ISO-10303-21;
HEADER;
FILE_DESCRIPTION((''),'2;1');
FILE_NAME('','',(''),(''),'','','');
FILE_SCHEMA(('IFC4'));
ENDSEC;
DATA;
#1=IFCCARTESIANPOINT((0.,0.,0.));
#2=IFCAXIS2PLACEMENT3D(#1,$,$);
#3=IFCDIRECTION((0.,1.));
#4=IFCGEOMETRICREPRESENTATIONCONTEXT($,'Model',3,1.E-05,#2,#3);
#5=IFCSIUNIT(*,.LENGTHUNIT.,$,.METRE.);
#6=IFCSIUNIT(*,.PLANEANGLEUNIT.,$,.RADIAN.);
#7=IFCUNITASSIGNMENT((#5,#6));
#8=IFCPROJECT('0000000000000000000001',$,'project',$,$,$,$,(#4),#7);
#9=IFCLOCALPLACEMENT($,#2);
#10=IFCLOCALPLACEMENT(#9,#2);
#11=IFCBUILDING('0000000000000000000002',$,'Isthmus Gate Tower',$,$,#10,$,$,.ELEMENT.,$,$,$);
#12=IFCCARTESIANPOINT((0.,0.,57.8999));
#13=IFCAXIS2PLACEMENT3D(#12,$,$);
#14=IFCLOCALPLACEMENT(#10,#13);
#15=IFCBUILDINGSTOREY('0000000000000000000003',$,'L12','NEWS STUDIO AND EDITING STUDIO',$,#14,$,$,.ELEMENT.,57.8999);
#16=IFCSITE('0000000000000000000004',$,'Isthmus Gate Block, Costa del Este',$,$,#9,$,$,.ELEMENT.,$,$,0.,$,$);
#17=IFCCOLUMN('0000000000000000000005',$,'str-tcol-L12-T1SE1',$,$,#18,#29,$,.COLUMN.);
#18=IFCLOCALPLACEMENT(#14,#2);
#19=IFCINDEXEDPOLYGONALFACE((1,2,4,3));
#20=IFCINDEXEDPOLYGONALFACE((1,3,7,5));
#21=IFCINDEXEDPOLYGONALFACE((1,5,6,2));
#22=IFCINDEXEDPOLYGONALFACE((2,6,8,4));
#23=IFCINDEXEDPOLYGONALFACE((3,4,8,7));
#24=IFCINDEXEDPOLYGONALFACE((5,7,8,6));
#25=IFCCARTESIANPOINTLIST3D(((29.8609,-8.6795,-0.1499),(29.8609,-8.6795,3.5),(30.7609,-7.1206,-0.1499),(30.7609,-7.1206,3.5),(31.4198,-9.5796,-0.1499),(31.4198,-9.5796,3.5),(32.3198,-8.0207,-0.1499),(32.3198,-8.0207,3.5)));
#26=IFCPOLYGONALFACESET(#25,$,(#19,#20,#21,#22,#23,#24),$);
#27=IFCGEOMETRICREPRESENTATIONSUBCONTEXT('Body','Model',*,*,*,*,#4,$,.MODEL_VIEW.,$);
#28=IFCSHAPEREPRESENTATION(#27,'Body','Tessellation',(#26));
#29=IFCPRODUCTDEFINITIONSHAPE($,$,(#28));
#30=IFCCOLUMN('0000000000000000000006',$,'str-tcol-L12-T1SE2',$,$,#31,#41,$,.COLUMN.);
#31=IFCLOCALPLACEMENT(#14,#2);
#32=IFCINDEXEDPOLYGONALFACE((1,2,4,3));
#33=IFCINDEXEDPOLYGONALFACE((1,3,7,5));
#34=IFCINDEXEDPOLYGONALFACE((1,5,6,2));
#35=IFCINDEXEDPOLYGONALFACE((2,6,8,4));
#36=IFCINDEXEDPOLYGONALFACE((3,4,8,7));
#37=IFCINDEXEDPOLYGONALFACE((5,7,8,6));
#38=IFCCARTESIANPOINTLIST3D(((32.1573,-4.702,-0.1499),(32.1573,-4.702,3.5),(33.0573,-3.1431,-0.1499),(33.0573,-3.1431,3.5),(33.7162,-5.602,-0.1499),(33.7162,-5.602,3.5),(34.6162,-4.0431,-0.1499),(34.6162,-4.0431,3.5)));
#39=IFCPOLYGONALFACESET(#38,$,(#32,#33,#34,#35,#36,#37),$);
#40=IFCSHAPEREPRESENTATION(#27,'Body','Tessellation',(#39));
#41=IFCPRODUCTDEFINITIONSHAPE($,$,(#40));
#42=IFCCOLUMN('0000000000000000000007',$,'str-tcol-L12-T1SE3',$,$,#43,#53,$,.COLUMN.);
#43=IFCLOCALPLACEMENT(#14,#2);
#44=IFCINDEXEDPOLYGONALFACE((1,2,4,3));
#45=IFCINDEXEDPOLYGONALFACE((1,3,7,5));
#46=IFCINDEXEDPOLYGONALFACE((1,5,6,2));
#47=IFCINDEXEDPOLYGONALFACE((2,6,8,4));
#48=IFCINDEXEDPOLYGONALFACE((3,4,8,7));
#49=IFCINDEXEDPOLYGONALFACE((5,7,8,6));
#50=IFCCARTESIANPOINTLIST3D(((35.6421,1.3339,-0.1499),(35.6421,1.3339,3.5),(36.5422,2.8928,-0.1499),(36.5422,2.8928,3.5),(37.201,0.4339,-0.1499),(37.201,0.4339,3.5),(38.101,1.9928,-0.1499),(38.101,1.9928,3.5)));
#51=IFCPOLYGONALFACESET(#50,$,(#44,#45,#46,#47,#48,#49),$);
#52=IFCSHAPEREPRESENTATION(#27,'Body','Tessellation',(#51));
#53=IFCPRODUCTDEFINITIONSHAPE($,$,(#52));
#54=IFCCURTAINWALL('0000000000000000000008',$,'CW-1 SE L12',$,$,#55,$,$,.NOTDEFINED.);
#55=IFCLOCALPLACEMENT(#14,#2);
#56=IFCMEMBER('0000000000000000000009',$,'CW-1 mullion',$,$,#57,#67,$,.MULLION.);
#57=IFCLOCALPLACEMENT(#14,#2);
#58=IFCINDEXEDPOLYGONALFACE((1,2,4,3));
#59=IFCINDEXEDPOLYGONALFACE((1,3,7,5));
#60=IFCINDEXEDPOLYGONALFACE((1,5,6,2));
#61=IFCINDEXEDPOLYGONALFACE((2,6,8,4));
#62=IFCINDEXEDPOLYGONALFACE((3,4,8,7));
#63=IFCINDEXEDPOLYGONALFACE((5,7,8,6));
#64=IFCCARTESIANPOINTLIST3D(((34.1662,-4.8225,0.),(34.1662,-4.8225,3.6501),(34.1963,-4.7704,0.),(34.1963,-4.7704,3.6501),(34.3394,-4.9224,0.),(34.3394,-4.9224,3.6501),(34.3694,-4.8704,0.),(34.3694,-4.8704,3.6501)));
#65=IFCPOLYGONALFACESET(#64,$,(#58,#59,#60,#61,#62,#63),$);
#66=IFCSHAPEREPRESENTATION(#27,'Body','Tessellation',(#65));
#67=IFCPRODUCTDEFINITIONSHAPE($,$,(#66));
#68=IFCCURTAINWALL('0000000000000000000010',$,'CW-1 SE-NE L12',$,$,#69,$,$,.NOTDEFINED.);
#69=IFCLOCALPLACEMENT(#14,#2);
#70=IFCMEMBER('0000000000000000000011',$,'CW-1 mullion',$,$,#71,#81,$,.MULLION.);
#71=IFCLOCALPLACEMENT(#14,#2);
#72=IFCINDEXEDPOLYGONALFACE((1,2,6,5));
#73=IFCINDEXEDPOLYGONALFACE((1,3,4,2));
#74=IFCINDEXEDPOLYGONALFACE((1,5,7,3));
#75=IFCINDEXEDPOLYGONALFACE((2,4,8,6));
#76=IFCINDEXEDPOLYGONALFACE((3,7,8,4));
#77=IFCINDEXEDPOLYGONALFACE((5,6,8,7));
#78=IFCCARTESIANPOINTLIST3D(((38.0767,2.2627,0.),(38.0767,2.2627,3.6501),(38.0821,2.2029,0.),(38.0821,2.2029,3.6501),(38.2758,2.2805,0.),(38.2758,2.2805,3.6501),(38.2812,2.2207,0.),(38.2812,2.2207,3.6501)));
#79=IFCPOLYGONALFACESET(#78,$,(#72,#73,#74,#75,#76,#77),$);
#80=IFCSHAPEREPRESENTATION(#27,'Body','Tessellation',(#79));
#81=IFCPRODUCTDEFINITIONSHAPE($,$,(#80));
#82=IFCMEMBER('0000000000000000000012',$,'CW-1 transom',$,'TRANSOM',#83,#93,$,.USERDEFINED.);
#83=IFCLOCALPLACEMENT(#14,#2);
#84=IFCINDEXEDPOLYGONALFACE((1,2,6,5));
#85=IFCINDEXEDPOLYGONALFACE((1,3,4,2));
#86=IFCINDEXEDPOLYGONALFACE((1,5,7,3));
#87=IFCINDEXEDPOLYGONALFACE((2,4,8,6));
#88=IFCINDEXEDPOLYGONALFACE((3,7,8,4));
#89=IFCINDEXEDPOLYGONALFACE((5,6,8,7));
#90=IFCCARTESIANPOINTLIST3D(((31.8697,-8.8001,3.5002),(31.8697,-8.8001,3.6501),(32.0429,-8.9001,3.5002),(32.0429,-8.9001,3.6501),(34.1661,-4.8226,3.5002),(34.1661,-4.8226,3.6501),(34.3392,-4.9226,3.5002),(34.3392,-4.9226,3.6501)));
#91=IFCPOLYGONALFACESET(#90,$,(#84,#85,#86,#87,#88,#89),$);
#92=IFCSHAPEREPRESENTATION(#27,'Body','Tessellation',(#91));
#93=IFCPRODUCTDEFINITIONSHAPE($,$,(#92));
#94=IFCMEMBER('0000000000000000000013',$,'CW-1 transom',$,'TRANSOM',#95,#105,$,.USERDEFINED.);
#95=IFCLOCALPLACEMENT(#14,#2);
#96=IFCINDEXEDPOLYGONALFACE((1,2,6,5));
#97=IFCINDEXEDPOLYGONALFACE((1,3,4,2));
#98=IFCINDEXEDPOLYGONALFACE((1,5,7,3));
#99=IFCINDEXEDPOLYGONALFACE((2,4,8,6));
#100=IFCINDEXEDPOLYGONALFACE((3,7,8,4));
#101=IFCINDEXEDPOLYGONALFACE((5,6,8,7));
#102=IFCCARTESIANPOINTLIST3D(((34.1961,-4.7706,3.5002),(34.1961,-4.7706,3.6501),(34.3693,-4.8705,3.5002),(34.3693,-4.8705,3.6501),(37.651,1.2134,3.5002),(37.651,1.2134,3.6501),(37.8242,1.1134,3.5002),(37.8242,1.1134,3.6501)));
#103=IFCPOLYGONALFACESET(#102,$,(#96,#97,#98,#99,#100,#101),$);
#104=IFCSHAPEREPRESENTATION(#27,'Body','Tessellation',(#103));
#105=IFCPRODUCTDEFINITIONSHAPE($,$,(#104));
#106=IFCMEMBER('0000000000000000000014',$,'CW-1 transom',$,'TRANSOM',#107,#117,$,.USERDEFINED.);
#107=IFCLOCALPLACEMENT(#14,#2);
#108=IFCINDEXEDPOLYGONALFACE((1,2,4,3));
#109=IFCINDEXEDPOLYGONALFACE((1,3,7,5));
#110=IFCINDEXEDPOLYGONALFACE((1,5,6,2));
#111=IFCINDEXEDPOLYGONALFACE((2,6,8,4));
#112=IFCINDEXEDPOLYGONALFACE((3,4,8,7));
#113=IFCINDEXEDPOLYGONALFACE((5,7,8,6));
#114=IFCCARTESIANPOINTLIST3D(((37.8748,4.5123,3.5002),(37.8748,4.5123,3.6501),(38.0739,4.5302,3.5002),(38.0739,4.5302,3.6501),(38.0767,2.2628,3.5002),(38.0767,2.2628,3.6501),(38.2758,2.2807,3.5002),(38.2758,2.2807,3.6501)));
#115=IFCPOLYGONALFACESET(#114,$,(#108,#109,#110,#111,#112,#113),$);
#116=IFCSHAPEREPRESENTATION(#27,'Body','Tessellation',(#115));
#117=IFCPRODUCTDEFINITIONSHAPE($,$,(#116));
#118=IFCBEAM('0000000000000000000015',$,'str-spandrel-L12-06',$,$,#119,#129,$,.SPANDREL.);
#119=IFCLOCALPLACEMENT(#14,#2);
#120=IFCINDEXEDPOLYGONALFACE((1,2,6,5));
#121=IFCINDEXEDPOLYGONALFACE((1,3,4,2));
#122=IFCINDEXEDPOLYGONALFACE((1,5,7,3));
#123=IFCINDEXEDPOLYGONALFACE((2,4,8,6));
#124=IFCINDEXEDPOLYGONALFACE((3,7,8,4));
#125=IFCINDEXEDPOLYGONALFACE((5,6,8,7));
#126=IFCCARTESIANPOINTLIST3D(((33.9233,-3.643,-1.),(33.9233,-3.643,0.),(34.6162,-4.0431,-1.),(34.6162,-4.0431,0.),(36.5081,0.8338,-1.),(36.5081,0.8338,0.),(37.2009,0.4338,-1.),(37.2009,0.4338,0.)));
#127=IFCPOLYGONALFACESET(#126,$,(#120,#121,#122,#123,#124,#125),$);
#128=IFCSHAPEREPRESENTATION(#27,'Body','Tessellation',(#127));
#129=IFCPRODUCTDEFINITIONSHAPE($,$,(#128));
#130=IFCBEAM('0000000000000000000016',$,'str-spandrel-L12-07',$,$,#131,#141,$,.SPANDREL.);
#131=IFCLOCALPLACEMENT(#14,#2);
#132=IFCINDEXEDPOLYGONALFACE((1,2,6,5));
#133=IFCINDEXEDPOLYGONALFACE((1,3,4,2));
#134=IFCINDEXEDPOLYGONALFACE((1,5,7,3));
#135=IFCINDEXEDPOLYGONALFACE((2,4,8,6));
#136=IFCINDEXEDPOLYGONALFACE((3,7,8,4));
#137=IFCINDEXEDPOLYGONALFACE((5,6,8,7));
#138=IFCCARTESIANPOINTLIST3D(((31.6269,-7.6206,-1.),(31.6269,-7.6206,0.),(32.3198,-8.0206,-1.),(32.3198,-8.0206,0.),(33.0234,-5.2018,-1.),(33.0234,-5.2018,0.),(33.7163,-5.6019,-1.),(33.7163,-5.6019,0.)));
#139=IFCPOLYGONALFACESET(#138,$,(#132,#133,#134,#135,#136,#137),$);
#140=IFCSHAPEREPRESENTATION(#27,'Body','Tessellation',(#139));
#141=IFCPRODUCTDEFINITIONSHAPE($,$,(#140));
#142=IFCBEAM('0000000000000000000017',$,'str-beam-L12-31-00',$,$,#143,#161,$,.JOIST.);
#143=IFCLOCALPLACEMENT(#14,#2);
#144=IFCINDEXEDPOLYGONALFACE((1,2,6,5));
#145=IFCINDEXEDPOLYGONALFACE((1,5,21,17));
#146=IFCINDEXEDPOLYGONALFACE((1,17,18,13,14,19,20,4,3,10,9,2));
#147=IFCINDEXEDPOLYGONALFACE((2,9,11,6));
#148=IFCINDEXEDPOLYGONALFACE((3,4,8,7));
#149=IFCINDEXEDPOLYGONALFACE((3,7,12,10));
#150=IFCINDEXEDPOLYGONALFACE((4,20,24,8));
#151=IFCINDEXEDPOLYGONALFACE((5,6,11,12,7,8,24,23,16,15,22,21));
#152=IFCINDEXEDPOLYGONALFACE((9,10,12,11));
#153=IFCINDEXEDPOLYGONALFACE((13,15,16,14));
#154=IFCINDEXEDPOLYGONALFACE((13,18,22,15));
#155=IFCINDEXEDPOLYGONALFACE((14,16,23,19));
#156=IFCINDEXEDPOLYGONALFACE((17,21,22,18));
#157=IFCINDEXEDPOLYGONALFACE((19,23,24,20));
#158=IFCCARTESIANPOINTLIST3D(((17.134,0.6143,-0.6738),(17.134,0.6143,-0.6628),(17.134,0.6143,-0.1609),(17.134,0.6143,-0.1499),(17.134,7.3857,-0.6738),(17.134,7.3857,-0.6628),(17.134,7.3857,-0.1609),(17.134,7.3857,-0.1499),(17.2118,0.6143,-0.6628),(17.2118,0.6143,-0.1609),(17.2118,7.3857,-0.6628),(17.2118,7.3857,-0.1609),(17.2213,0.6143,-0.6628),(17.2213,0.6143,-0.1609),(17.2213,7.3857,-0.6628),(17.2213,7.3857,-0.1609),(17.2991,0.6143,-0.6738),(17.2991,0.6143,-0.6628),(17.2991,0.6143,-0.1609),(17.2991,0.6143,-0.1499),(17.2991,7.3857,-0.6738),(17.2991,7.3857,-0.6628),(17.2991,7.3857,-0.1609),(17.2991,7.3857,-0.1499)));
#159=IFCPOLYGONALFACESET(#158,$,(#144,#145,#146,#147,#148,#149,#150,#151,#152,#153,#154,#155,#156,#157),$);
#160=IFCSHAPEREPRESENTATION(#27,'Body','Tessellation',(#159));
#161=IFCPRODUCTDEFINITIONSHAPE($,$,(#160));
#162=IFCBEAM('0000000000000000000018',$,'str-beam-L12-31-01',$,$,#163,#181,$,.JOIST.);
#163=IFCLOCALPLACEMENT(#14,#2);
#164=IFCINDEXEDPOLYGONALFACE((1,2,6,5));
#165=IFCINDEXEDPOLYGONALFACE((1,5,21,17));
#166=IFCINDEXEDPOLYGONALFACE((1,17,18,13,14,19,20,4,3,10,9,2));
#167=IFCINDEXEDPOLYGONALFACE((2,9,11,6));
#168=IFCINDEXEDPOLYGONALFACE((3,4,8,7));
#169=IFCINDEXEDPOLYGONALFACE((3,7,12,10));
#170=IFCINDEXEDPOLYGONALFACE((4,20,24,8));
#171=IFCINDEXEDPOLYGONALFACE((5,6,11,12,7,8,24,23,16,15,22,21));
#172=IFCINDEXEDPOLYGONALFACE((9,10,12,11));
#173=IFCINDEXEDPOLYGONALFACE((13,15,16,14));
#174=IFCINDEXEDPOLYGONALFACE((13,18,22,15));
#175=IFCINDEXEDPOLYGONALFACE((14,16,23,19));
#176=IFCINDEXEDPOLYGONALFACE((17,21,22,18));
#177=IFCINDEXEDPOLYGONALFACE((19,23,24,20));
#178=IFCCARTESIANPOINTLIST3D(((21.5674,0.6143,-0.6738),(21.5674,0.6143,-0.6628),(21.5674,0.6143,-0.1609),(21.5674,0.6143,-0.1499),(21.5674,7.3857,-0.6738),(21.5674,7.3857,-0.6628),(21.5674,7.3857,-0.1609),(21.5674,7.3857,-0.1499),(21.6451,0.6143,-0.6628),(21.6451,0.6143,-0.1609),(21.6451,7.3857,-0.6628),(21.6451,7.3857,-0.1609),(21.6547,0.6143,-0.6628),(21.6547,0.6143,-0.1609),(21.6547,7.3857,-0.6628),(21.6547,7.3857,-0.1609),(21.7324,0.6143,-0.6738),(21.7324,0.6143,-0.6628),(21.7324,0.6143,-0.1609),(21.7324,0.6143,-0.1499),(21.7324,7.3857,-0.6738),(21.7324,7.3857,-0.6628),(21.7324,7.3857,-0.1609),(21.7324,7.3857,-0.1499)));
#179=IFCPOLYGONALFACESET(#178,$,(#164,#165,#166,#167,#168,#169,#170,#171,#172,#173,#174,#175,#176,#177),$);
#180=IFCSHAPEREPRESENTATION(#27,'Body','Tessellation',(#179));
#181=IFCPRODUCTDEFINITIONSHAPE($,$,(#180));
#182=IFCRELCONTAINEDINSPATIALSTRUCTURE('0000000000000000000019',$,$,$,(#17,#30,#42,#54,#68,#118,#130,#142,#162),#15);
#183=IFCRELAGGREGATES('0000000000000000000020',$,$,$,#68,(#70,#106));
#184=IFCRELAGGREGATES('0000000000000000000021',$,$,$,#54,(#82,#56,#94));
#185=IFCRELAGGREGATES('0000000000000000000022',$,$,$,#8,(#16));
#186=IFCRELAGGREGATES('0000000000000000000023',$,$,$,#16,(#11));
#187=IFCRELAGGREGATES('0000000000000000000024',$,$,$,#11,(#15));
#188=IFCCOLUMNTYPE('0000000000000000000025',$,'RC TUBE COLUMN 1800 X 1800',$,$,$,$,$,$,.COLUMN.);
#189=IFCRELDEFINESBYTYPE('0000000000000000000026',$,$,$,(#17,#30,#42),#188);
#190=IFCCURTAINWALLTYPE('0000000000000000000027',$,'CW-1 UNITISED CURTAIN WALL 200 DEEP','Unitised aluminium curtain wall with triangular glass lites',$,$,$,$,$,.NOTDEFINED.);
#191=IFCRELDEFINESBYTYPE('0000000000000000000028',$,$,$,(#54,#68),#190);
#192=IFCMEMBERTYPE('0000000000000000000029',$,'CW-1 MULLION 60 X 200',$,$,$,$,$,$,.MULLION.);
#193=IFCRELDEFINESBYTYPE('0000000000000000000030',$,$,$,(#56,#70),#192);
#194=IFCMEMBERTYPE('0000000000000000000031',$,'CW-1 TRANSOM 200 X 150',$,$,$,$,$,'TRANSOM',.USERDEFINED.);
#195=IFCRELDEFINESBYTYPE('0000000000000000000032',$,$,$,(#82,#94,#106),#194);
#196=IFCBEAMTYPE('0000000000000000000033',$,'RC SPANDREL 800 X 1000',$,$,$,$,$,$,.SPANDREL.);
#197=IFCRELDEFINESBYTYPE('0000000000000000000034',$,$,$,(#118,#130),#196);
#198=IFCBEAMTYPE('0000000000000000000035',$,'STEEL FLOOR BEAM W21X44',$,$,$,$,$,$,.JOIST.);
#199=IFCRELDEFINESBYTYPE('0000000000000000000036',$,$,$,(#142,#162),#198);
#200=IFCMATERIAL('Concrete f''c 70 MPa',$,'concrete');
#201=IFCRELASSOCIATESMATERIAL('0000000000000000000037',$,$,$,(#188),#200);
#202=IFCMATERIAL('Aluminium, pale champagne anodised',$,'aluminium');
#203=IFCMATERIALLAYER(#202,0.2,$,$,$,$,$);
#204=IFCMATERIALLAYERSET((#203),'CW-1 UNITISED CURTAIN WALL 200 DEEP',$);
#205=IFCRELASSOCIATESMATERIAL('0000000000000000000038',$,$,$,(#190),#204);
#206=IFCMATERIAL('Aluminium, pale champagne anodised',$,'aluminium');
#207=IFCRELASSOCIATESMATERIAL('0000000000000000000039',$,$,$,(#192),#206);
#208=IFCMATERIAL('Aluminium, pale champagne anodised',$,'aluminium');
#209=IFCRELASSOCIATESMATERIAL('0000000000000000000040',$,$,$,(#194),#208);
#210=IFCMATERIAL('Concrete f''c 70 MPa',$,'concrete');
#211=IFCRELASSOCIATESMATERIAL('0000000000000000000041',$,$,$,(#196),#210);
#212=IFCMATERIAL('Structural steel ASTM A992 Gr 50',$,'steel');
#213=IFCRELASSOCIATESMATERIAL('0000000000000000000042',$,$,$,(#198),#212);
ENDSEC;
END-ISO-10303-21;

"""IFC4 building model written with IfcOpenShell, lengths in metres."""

from ifc_helpers import new_model, si_unit, direction, frame, origin, origin_2d, place, context, subcontext, project, spatial, rectangle, i_section, extrude, material, layer, layer_set, material_profile, profile_set, type_object, element, aggregate, save


model = new_model("IFC4")

# Units and contexts
model_context = context("Model", 3, precision=1e-05, world=origin(), true_north=direction((0.0, 1.0)))
body_context = subcontext(model_context, "Body", "Model", "MODEL_VIEW")
ifc_project = project(units=[si_unit("LENGTHUNIT", "METRE"), si_unit("PLANEANGLEUNIT", "RADIAN")], contexts=[model_context])

# Site, building, storey
site_placement = place(None, origin())
site = spatial("IfcSite", under=ifc_project, at=site_placement, Name="Isthmus Gate Block, Costa del Este", CompositionType="ELEMENT", RefElevation=0.0)
building_placement = place(site_placement, origin())
building = spatial("IfcBuilding", under=site, at=building_placement, Name="Isthmus Gate Tower", CompositionType="ELEMENT")
storey_placement = place(building_placement, frame((0.0, 0.0, 57.8999)))
storey = spatial("IfcBuildingStorey", under=building, at=storey_placement, Name="L12", Description="NEWS STUDIO AND EDITING STUDIO", CompositionType="ELEMENT", Elevation=57.8999)

# Columns
ifc_material_1 = material(Name="Concrete f'c 70 MPa", Category="concrete")
ifc_material_profile_1 = material_profile(ifc_material_1, rectangle(XDim=1.8, YDim=1.8, at=origin_2d()), Name="RC 1800X1800")
ifc_profile_set_1 = profile_set([ifc_material_profile_1], Name="Concrete f'c 70 MPa")
column_type = type_object("IfcColumnType", Name="RC TUBE COLUMN 1800 X 1800", PredefinedType="COLUMN", material=ifc_profile_set_1)
for number, where, z_axis, x_axis, name in (
    (1, (31.0903, -8.3501, -0.1499), (0.0, 0.0, 1.0), (0.5, 0.866025, 0.0), "str-tcol-L12-T1SE1"),
    (2, (33.3867, -4.3726, -0.1499), (0.0, 0.0, 1.0), (0.5, 0.866025, 0.0), "str-tcol-L12-T1SE2"),
    (3, (36.8716, 1.6633, -0.1499), (0.0, 0.0, 1.0), (0.5, 0.866025, 0.0), "str-tcol-L12-T1SE3"),
):
    element("IfcColumn", number, at=place(storey_placement, frame(where, z_axis=z_axis, x_axis=x_axis)), inside=storey, type_object=column_type, Name=name, PredefinedType="COLUMN", context=body_context, shape_type="SweptSolid", body=[
        extrude(rectangle(XDim=1.8, YDim=1.8, at=origin_2d()), origin(), (0.0, 0.0, 1.0), 3.6499),
    ])

# Curtain walls, members
ifc_material_2 = material(Name="Aluminium, pale champagne anodised", Category="aluminium")
ifc_layer_1 = layer(ifc_material_2, 0.2)
ifc_layer_set_1 = layer_set([ifc_layer_1], Name="CW-1 UNITISED CURTAIN WALL 200 DEEP")
curtain_wall_type = type_object("IfcCurtainWallType", Name="CW-1 UNITISED CURTAIN WALL 200 DEEP", Description="Unitised aluminium curtain wall with triangular glass lites", PredefinedType="NOTDEFINED", material=ifc_layer_set_1)
curtain_wall_1_placement = place(storey_placement, origin())
curtain_wall_1 = element("IfcCurtainWall", 4, at=curtain_wall_1_placement, inside=storey, type_object=curtain_wall_type, Name="CW-1 SE L12", PredefinedType="NOTDEFINED")
ifc_material_3 = material(Name="Aluminium, pale champagne anodised", Category="aluminium")
ifc_material_profile_2 = material_profile(ifc_material_3, rectangle(XDim=0.0601, YDim=0.2, at=origin_2d()), Name="60x200")
ifc_profile_set_2 = profile_set([ifc_material_profile_2], Name="Aluminium, pale champagne anodised")
member_type_1 = type_object("IfcMemberType", Name="CW-1 MULLION 60 X 200", PredefinedType="MULLION", material=ifc_profile_set_2)
member_1_placement = place(storey_placement, frame((34.2678, -4.8464, 0.0), z_axis=(0.0, 0.0, 1.0), x_axis=(0.5, 0.866025, 0.0)))
member_1 = element("IfcMember", 5, at=member_1_placement, type_object=member_type_1, Name="CW-1 mullion", PredefinedType="MULLION", context=body_context, shape_type="SweptSolid", body=[
    extrude(rectangle(XDim=0.0601, YDim=0.2, at=origin_2d()), origin(), (0.0, 0.0, 1.0), 3.6501),
])
curtain_wall_2_placement = place(storey_placement, origin())
curtain_wall_2 = element("IfcCurtainWall", 6, at=curtain_wall_2_placement, inside=storey, type_object=curtain_wall_type, Name="CW-1 SE-NE L12", PredefinedType="NOTDEFINED")
member_2_placement = place(storey_placement, frame((38.179, 2.2417, 0.0), z_axis=(0.0, 0.0, 1.0), x_axis=(-0.089397, 0.995996, 0.0)))
member_2 = element("IfcMember", 7, at=member_2_placement, type_object=member_type_1, Name="CW-1 mullion", PredefinedType="MULLION", context=body_context, shape_type="SweptSolid", body=[
    extrude(rectangle(XDim=0.0601, YDim=0.2, at=origin_2d()), origin(), (0.0, 0.0, 1.0), 3.6501),
])

# Members
ifc_material_4 = material(Name="Aluminium, pale champagne anodised", Category="aluminium")
ifc_material_profile_3 = material_profile(ifc_material_4, rectangle(XDim=0.2, YDim=0.1499, at=origin_2d()), Name="200x150")
ifc_profile_set_3 = profile_set([ifc_material_profile_3], Name="Aluminium, pale champagne anodised")
member_type_2 = type_object("IfcMemberType", Name="CW-1 TRANSOM 200 X 150", ElementType="TRANSOM", PredefinedType="USERDEFINED", material=ifc_profile_set_3)
member_3_placement = place(storey_placement, frame((31.9563, -8.8501, 3.5752), z_axis=(0.499992, 0.86603, 0.0), x_axis=(-0.86603, 0.499992, 0.0)))
member_3 = element("IfcMember", 8, at=member_3_placement, type_object=member_type_2, Name="CW-1 transom", ObjectType="TRANSOM", PredefinedType="USERDEFINED", context=body_context, shape_type="SweptSolid", body=[
    extrude(rectangle(XDim=0.2, YDim=0.1499, at=origin_2d()), origin(), (0.0, 0.0, 1.0), 4.5928),
])
member_4_placement = place(storey_placement, frame((34.2827, -4.8206, 3.5752), z_axis=(0.500004, 0.866023, 0.0), x_axis=(-0.866023, 0.500004, 0.0)))
member_4 = element("IfcMember", 9, at=member_4_placement, type_object=member_type_2, Name="CW-1 transom", ObjectType="TRANSOM", PredefinedType="USERDEFINED", context=body_context, shape_type="SweptSolid", body=[
    extrude(rectangle(XDim=0.2, YDim=0.1499, at=origin_2d()), origin(), (0.0, 0.0, 1.0), 6.9097),
])
member_5_placement = place(storey_placement, frame((38.1763, 2.2717, 3.5752), z_axis=(-0.089395, 0.995996, 0.0), x_axis=(-0.995996, -0.089395, 0.0)))
member_5 = element("IfcMember", 10, at=member_5_placement, type_object=member_type_2, Name="CW-1 transom", ObjectType="TRANSOM", PredefinedType="USERDEFINED", context=body_context, shape_type="SweptSolid", body=[
    extrude(rectangle(XDim=0.2, YDim=0.1499, at=origin_2d()), origin(), (0.0, 0.0, 1.0), 2.2585),
])
aggregate(curtain_wall_2, [member_2, member_5])

# Beams
ifc_material_5 = material(Name="Concrete f'c 70 MPa", Category="concrete")
ifc_material_profile_4 = material_profile(ifc_material_5, rectangle(XDim=0.8, YDim=1.0, at=origin_2d()), Name="RC 800X1000")
ifc_profile_set_4 = profile_set([ifc_material_profile_4], Name="Concrete f'c 70 MPa")
beam_type_1 = type_object("IfcBeamType", Name="RC SPANDREL 800 X 1000", PredefinedType="SPANDREL", material=ifc_profile_set_4)
beam_1_placement = place(storey_placement, frame((36.8545, 0.6338, -0.5), z_axis=(-0.500005, -0.866023, 0.0), x_axis=(0.866023, -0.500005, 0.0)))
element("IfcBeam", 11, at=beam_1_placement, inside=storey, type_object=beam_type_1, Name="str-spandrel-L12-06", PredefinedType="SPANDREL", context=body_context, shape_type="SweptSolid", body=[
    extrude(rectangle(XDim=0.8, YDim=1.0, at=origin_2d()), origin(), (0.0, 0.0, 1.0), 5.1694),
])
beam_2_placement = place(storey_placement, frame((33.3699, -5.4019, -0.5), z_axis=(-0.500013, -0.866018, 0.0), x_axis=(0.866018, -0.500013, 0.0)))
element("IfcBeam", 12, at=beam_2_placement, inside=storey, type_object=beam_type_1, Name="str-spandrel-L12-07", PredefinedType="SPANDREL", context=body_context, shape_type="SweptSolid", body=[
    extrude(rectangle(XDim=0.8, YDim=1.0, at=origin_2d()), origin(), (0.0, 0.0, 1.0), 2.793),
])
ifc_material_6 = material(Name="Structural steel ASTM A992 Gr 50", Category="steel")
ifc_material_profile_5 = material_profile(ifc_material_6, i_section(OverallWidth=0.165, OverallDepth=0.5239, WebThickness=0.0095, FlangeThickness=0.011, at=origin_2d()), Name="W21X44")
ifc_profile_set_5 = profile_set([ifc_material_profile_5], Name="Structural steel ASTM A992 Gr 50")
beam_type_2 = type_object("IfcBeamType", Name="STEEL FLOOR BEAM W21X44", PredefinedType="JOIST", material=ifc_profile_set_5)
for number, where, z_axis, x_axis, name in (
    (13, (17.2166, 0.6143, -0.4119), (0.0, 1.0, 0.0), (-1.0, 0.0, 0.0), "str-beam-L12-31-00"),
    (14, (21.6499, 0.6143, -0.4119), (0.0, 1.0, 0.0), (-1.0, 0.0, 0.0), "str-beam-L12-31-01"),
):
    element("IfcBeam", number, at=place(storey_placement, frame(where, z_axis=z_axis, x_axis=x_axis)), inside=storey, type_object=beam_type_2, Name=name, PredefinedType="JOIST", context=body_context, shape_type="SweptSolid", body=[
        extrude(i_section(OverallWidth=0.165, OverallDepth=0.5239, WebThickness=0.0095, FlangeThickness=0.011, at=origin_2d()), origin(), (0.0, 0.0, 1.0), 6.7715),
    ])

aggregate(curtain_wall_1, [member_3, member_1, member_4])

save(model, "model.ifc")
